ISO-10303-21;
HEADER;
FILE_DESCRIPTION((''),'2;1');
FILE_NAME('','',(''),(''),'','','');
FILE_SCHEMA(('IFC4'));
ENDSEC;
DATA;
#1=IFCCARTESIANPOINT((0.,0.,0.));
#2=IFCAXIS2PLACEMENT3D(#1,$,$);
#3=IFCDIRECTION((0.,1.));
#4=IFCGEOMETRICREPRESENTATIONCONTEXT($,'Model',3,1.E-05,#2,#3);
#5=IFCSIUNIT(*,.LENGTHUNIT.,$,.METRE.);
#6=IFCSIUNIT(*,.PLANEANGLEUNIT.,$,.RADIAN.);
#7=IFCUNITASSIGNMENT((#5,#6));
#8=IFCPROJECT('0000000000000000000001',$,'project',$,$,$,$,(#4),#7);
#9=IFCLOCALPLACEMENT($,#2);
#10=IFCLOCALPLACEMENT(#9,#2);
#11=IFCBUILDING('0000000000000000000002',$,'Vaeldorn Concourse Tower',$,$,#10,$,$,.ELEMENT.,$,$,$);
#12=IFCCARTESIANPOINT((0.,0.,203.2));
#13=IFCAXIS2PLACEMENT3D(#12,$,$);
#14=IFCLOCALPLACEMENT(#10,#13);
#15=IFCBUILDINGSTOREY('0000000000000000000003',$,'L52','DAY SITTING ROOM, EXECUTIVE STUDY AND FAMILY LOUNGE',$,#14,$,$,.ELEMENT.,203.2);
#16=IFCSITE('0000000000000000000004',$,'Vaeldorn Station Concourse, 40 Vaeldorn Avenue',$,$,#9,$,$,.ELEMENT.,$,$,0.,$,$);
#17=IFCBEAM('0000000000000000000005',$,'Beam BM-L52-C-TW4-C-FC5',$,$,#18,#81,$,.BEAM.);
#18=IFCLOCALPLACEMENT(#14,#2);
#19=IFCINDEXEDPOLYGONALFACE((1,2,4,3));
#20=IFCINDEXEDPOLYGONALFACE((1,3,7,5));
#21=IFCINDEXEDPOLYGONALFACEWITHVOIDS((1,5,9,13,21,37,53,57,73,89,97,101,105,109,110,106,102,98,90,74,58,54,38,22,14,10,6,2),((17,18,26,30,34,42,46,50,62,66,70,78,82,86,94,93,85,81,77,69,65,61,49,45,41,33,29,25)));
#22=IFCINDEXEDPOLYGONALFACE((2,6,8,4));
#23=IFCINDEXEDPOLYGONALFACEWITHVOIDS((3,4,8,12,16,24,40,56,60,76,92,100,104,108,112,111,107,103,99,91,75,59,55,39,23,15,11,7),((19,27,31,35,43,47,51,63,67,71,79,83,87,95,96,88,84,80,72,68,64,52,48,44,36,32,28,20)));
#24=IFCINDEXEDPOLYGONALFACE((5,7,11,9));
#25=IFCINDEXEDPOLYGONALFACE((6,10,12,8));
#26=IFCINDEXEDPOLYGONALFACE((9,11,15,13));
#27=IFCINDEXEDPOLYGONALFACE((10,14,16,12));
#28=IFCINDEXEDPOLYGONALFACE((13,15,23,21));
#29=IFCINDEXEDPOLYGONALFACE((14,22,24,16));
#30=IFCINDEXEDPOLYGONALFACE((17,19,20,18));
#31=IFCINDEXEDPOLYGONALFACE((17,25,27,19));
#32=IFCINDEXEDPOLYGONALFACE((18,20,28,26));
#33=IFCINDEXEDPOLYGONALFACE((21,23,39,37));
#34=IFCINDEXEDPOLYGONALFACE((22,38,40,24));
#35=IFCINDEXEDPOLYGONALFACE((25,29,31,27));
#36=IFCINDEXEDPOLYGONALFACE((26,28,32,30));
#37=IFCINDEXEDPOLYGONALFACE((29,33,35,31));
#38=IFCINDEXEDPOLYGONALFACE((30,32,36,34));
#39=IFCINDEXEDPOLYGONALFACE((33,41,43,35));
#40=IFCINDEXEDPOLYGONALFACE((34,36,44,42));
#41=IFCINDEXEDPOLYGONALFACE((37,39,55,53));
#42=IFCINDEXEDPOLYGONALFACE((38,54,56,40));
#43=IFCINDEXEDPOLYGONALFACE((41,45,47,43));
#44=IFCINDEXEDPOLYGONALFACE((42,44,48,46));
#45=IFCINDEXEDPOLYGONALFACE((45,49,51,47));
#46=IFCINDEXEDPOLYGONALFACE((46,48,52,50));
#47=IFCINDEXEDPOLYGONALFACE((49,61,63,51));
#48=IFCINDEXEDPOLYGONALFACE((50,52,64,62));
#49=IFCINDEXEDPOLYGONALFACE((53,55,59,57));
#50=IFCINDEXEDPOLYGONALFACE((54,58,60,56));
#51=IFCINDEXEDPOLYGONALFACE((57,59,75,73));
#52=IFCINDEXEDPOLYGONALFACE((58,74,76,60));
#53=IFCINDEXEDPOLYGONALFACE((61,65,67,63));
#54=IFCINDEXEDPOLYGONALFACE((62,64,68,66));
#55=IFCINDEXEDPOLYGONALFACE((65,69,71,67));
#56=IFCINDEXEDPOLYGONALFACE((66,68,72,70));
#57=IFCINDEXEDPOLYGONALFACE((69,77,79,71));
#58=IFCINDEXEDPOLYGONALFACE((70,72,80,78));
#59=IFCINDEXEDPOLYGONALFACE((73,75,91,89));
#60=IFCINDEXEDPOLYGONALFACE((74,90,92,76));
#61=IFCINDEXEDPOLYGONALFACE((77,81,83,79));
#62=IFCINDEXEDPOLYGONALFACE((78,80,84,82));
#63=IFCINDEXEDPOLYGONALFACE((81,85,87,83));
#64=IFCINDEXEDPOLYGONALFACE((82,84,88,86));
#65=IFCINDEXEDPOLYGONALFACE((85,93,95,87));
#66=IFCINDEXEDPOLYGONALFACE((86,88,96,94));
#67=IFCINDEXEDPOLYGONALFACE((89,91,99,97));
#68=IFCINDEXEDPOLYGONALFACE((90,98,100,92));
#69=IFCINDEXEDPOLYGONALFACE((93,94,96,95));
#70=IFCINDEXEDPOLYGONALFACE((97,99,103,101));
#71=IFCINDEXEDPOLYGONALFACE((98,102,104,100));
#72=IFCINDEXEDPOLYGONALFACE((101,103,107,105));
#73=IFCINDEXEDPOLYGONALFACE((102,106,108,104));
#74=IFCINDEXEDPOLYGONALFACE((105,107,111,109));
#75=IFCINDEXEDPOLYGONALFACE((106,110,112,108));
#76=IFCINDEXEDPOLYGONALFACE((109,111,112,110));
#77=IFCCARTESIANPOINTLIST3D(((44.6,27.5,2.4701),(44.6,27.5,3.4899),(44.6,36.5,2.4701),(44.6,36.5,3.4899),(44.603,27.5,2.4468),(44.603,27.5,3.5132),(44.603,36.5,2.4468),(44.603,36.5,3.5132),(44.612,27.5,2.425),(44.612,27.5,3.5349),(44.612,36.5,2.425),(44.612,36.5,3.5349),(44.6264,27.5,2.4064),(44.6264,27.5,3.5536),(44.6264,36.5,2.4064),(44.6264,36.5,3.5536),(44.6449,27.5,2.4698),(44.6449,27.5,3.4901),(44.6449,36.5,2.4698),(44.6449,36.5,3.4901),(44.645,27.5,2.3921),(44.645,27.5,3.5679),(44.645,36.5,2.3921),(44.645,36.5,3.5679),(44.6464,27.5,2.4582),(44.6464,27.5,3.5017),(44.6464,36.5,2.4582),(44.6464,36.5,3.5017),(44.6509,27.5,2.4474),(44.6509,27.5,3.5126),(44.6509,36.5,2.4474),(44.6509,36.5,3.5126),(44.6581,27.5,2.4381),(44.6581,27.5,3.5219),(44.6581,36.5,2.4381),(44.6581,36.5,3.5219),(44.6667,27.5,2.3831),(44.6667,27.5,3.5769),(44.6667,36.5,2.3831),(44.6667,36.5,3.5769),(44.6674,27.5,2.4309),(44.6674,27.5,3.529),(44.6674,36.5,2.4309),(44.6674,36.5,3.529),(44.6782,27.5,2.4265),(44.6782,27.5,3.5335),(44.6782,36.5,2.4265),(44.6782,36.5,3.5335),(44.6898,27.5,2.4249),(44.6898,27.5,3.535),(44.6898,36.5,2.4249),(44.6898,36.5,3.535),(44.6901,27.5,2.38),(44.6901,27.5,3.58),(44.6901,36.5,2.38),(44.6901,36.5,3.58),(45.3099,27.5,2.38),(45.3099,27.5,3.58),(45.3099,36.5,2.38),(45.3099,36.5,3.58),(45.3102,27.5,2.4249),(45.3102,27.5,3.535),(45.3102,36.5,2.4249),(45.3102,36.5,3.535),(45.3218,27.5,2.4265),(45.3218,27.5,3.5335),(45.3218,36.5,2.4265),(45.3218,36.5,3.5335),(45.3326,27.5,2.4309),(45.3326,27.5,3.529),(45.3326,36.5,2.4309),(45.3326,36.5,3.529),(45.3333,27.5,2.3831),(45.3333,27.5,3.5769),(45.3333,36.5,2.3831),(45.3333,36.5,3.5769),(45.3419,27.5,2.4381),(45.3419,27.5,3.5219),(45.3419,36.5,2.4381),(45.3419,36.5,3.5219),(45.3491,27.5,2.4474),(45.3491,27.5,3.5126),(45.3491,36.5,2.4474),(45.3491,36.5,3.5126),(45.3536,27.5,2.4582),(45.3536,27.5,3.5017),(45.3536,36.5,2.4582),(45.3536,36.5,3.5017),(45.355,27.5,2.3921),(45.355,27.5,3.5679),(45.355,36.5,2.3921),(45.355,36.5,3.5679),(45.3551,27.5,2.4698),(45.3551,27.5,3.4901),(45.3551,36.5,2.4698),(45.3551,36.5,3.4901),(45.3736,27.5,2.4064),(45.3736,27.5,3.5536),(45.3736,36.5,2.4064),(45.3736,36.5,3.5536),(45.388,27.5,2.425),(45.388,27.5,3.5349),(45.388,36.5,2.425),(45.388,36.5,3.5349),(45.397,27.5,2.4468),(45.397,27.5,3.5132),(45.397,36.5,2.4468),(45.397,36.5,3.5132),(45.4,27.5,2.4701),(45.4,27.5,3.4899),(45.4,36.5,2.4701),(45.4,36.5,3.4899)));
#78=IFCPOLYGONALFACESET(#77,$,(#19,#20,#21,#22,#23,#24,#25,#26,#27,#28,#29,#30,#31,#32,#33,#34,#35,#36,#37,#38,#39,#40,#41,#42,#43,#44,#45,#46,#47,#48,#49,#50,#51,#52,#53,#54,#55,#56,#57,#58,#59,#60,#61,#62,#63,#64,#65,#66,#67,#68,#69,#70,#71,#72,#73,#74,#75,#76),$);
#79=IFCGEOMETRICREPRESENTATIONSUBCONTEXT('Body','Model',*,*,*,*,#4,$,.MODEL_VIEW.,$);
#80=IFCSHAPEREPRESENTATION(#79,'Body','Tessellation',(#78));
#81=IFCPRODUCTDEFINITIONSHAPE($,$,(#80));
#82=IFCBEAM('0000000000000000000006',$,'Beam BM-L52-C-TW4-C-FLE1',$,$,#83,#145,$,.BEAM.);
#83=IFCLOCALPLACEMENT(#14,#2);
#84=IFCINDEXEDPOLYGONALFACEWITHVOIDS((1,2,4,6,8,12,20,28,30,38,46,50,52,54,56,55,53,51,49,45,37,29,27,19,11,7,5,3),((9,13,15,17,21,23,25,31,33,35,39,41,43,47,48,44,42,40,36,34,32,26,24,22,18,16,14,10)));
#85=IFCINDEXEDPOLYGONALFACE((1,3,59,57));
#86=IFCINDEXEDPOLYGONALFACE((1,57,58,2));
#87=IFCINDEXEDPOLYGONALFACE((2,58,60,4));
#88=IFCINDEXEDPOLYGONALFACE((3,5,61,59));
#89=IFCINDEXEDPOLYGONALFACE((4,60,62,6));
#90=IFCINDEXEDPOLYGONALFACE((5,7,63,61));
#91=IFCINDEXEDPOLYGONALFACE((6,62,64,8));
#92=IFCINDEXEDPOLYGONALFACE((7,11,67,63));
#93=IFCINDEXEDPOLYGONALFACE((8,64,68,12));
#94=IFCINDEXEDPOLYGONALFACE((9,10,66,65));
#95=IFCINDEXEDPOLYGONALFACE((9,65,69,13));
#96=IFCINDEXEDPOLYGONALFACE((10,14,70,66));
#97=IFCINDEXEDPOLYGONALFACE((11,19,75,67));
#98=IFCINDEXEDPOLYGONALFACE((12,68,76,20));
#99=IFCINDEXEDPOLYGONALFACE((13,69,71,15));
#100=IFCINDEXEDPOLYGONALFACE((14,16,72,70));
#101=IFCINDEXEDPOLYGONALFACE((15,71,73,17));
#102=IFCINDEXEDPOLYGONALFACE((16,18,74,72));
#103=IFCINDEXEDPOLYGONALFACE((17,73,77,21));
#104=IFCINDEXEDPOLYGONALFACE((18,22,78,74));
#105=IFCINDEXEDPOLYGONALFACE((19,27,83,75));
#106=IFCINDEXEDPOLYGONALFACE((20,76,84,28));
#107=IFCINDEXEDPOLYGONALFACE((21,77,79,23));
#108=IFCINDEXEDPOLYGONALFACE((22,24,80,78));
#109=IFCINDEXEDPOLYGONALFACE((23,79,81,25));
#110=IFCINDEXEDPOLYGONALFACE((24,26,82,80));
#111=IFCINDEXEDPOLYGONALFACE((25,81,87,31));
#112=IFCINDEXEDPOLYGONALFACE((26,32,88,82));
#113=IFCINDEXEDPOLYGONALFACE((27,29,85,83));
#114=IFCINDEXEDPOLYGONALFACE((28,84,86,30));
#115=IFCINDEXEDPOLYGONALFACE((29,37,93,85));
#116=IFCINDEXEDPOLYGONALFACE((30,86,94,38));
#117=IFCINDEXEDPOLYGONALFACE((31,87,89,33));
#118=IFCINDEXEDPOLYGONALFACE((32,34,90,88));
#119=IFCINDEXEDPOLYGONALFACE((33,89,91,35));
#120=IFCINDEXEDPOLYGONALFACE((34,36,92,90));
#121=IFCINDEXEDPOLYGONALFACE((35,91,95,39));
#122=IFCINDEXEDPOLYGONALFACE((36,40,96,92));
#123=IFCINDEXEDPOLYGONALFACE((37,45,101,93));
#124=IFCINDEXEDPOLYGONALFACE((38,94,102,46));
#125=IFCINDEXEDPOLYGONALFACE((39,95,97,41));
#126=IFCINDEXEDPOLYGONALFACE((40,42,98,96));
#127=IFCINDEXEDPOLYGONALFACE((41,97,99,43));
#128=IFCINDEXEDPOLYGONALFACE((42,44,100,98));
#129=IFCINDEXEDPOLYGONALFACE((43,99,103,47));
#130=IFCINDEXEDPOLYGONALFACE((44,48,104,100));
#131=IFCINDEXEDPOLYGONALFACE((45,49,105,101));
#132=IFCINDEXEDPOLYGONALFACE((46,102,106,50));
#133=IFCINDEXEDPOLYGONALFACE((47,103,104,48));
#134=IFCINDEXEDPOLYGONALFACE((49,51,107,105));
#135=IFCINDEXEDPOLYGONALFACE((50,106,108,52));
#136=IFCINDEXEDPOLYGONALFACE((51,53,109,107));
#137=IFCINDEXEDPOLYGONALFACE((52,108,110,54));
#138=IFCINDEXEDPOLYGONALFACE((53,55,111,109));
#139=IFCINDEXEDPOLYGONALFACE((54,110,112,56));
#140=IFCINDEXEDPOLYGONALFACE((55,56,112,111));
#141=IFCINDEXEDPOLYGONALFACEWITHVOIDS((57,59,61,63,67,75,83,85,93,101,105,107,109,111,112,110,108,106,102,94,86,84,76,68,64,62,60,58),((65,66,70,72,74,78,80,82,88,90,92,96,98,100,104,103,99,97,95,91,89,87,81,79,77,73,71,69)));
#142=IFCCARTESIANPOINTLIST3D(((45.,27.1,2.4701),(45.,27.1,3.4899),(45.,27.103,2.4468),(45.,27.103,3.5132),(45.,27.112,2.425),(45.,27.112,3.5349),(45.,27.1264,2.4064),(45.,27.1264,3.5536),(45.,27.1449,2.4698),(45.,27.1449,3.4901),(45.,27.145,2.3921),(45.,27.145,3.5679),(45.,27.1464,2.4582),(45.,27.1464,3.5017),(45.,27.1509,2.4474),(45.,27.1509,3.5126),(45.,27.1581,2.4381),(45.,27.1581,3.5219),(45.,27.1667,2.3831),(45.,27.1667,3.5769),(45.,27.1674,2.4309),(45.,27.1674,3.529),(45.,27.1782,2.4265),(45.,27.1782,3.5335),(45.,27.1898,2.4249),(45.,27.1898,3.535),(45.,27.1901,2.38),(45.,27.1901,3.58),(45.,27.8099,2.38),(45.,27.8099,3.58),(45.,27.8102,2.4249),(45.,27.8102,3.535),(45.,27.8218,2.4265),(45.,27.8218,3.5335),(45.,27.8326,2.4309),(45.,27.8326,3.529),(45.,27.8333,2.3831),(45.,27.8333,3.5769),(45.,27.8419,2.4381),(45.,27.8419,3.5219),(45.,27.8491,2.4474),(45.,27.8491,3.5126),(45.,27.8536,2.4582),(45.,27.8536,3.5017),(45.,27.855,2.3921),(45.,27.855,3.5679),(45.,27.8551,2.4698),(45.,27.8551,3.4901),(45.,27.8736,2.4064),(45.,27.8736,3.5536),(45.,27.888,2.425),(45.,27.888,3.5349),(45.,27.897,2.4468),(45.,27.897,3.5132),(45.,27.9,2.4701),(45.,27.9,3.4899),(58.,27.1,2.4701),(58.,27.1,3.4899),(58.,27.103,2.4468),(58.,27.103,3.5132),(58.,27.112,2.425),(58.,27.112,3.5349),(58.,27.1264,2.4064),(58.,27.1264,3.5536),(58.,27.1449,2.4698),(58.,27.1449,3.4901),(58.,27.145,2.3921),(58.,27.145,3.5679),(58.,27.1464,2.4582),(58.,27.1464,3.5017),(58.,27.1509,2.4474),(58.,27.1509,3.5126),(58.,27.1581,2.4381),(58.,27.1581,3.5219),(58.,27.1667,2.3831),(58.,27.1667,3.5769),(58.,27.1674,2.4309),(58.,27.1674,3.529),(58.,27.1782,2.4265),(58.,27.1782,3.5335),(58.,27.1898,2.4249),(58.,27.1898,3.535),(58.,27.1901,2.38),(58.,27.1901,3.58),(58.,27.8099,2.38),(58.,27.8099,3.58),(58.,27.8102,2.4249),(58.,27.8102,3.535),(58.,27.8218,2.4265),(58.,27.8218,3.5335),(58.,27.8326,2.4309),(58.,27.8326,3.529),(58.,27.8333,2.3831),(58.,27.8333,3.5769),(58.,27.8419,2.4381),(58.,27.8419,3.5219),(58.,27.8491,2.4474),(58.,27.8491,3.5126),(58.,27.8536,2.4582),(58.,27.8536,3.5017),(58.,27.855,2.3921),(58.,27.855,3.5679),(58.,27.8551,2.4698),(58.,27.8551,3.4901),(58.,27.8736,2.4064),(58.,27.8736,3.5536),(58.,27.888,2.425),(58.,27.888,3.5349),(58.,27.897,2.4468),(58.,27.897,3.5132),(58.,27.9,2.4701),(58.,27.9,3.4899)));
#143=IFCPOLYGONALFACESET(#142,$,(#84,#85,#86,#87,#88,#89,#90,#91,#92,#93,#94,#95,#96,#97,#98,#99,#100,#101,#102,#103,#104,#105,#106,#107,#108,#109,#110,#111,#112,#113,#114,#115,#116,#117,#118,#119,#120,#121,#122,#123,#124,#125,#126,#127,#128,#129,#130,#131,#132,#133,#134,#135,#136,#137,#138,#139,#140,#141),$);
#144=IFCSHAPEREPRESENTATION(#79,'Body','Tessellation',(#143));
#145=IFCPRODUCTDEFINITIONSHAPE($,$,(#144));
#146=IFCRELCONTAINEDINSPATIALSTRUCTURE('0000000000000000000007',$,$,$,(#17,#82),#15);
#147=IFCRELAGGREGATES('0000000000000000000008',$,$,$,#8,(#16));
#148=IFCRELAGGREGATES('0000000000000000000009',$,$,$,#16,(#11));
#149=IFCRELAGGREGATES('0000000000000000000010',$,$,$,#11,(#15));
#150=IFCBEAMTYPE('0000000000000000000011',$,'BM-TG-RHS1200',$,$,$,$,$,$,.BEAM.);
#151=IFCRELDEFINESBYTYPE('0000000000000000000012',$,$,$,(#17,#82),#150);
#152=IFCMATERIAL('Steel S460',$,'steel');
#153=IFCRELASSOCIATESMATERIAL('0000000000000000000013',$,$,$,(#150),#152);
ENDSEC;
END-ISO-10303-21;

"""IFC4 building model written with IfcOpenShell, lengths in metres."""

from ifc_helpers import new_model, si_unit, direction, frame, origin, origin_2d, place, context, subcontext, project, spatial, hollow_rectangle, extrude, source, transform, mapped, material, material_profile, profile_set, type_object, element, save


model = new_model("IFC4")

# Units and contexts
model_context = context("Model", 3, precision=1e-05, world=origin(), true_north=direction((0.0, 1.0)))
body_context = subcontext(model_context, "Body", "Model", "MODEL_VIEW")
ifc_project = project(units=[si_unit("LENGTHUNIT", "METRE"), si_unit("PLANEANGLEUNIT", "RADIAN")], contexts=[model_context])

# Site, building, storey
site_placement = place(None, origin())
site = spatial("IfcSite", under=ifc_project, at=site_placement, Name="Vaeldorn Station Concourse, 40 Vaeldorn Avenue", CompositionType="ELEMENT", RefElevation=0.0)
building_placement = place(site_placement, origin())
building = spatial("IfcBuilding", under=site, at=building_placement, Name="Vaeldorn Concourse Tower", CompositionType="ELEMENT")
storey_placement = place(building_placement, frame((0.0, 0.0, 203.2)))
storey = spatial("IfcBuildingStorey", under=building, at=storey_placement, Name="L52", Description="DAY SITTING ROOM, EXECUTIVE STUDY AND FAMILY LOUNGE", CompositionType="ELEMENT", Elevation=203.2)

# Shared definitions
ifc_material_1 = material(Name="Steel S460", Category="steel")

# Beams
ifc_material_profile_1 = material_profile(ifc_material_1, hollow_rectangle(XDim=0.8, YDim=1.2, WallThickness=0.0449, InnerFilletRadius=0.0449, OuterFilletRadius=0.0901, at=origin_2d()), Name="RHS 1200x800x45")
ifc_profile_set_1 = profile_set([ifc_material_profile_1], Name="Steel S460")
beam_type_1 = type_object("IfcBeamType", Name="BM-TG-RHS1200", PredefinedType="BEAM", material=ifc_profile_set_1)
shared_shape_1 = source(origin(), body_context, "Body", "SweptSolid", [
    extrude(hollow_rectangle(XDim=0.8, YDim=1.2, WallThickness=0.0449, InnerFilletRadius=0.0449, OuterFilletRadius=0.0901, at=origin_2d()), origin(), (0.0, 0.0, 1.0), 9.0),
])
for number, where, z_axis, x_axis, name in (
    (1, (45.0, 27.5, 2.98), (0.0, 1.0, 0.0), (-1.0, 0.0, 0.0), "Beam BM-L52-C-TW4-C-FC5"),
):
    element("IfcBeam", number, at=place(storey_placement, frame(where, z_axis=z_axis, x_axis=x_axis)), inside=storey, type_object=beam_type_1, Name=name, PredefinedType="BEAM", context=body_context, shape_type="MappedRepresentation", body=[
        mapped(shared_shape_1, transform((0.0, 0.0, 0.0), scale=1.0)),
    ])
shared_shape_2 = source(origin(), body_context, "Body", "SweptSolid", [
    extrude(hollow_rectangle(XDim=0.8, YDim=1.2, WallThickness=0.0449, InnerFilletRadius=0.0449, OuterFilletRadius=0.0901, at=origin_2d()), origin(), (0.0, 0.0, 1.0), 13.0),
])
beam_1_placement = place(storey_placement, frame((45.0, 27.5, 2.98), z_axis=(1.0, 0.0, 0.0), x_axis=(0.0, 1.0, 0.0)))
element("IfcBeam", 2, at=beam_1_placement, inside=storey, type_object=beam_type_1, Name="Beam BM-L52-C-TW4-C-FLE1", PredefinedType="BEAM", context=body_context, shape_type="MappedRepresentation", body=[
    mapped(shared_shape_2, transform((0.0, 0.0, 0.0), scale=1.0)),
])

save(model, "model.ifc")
